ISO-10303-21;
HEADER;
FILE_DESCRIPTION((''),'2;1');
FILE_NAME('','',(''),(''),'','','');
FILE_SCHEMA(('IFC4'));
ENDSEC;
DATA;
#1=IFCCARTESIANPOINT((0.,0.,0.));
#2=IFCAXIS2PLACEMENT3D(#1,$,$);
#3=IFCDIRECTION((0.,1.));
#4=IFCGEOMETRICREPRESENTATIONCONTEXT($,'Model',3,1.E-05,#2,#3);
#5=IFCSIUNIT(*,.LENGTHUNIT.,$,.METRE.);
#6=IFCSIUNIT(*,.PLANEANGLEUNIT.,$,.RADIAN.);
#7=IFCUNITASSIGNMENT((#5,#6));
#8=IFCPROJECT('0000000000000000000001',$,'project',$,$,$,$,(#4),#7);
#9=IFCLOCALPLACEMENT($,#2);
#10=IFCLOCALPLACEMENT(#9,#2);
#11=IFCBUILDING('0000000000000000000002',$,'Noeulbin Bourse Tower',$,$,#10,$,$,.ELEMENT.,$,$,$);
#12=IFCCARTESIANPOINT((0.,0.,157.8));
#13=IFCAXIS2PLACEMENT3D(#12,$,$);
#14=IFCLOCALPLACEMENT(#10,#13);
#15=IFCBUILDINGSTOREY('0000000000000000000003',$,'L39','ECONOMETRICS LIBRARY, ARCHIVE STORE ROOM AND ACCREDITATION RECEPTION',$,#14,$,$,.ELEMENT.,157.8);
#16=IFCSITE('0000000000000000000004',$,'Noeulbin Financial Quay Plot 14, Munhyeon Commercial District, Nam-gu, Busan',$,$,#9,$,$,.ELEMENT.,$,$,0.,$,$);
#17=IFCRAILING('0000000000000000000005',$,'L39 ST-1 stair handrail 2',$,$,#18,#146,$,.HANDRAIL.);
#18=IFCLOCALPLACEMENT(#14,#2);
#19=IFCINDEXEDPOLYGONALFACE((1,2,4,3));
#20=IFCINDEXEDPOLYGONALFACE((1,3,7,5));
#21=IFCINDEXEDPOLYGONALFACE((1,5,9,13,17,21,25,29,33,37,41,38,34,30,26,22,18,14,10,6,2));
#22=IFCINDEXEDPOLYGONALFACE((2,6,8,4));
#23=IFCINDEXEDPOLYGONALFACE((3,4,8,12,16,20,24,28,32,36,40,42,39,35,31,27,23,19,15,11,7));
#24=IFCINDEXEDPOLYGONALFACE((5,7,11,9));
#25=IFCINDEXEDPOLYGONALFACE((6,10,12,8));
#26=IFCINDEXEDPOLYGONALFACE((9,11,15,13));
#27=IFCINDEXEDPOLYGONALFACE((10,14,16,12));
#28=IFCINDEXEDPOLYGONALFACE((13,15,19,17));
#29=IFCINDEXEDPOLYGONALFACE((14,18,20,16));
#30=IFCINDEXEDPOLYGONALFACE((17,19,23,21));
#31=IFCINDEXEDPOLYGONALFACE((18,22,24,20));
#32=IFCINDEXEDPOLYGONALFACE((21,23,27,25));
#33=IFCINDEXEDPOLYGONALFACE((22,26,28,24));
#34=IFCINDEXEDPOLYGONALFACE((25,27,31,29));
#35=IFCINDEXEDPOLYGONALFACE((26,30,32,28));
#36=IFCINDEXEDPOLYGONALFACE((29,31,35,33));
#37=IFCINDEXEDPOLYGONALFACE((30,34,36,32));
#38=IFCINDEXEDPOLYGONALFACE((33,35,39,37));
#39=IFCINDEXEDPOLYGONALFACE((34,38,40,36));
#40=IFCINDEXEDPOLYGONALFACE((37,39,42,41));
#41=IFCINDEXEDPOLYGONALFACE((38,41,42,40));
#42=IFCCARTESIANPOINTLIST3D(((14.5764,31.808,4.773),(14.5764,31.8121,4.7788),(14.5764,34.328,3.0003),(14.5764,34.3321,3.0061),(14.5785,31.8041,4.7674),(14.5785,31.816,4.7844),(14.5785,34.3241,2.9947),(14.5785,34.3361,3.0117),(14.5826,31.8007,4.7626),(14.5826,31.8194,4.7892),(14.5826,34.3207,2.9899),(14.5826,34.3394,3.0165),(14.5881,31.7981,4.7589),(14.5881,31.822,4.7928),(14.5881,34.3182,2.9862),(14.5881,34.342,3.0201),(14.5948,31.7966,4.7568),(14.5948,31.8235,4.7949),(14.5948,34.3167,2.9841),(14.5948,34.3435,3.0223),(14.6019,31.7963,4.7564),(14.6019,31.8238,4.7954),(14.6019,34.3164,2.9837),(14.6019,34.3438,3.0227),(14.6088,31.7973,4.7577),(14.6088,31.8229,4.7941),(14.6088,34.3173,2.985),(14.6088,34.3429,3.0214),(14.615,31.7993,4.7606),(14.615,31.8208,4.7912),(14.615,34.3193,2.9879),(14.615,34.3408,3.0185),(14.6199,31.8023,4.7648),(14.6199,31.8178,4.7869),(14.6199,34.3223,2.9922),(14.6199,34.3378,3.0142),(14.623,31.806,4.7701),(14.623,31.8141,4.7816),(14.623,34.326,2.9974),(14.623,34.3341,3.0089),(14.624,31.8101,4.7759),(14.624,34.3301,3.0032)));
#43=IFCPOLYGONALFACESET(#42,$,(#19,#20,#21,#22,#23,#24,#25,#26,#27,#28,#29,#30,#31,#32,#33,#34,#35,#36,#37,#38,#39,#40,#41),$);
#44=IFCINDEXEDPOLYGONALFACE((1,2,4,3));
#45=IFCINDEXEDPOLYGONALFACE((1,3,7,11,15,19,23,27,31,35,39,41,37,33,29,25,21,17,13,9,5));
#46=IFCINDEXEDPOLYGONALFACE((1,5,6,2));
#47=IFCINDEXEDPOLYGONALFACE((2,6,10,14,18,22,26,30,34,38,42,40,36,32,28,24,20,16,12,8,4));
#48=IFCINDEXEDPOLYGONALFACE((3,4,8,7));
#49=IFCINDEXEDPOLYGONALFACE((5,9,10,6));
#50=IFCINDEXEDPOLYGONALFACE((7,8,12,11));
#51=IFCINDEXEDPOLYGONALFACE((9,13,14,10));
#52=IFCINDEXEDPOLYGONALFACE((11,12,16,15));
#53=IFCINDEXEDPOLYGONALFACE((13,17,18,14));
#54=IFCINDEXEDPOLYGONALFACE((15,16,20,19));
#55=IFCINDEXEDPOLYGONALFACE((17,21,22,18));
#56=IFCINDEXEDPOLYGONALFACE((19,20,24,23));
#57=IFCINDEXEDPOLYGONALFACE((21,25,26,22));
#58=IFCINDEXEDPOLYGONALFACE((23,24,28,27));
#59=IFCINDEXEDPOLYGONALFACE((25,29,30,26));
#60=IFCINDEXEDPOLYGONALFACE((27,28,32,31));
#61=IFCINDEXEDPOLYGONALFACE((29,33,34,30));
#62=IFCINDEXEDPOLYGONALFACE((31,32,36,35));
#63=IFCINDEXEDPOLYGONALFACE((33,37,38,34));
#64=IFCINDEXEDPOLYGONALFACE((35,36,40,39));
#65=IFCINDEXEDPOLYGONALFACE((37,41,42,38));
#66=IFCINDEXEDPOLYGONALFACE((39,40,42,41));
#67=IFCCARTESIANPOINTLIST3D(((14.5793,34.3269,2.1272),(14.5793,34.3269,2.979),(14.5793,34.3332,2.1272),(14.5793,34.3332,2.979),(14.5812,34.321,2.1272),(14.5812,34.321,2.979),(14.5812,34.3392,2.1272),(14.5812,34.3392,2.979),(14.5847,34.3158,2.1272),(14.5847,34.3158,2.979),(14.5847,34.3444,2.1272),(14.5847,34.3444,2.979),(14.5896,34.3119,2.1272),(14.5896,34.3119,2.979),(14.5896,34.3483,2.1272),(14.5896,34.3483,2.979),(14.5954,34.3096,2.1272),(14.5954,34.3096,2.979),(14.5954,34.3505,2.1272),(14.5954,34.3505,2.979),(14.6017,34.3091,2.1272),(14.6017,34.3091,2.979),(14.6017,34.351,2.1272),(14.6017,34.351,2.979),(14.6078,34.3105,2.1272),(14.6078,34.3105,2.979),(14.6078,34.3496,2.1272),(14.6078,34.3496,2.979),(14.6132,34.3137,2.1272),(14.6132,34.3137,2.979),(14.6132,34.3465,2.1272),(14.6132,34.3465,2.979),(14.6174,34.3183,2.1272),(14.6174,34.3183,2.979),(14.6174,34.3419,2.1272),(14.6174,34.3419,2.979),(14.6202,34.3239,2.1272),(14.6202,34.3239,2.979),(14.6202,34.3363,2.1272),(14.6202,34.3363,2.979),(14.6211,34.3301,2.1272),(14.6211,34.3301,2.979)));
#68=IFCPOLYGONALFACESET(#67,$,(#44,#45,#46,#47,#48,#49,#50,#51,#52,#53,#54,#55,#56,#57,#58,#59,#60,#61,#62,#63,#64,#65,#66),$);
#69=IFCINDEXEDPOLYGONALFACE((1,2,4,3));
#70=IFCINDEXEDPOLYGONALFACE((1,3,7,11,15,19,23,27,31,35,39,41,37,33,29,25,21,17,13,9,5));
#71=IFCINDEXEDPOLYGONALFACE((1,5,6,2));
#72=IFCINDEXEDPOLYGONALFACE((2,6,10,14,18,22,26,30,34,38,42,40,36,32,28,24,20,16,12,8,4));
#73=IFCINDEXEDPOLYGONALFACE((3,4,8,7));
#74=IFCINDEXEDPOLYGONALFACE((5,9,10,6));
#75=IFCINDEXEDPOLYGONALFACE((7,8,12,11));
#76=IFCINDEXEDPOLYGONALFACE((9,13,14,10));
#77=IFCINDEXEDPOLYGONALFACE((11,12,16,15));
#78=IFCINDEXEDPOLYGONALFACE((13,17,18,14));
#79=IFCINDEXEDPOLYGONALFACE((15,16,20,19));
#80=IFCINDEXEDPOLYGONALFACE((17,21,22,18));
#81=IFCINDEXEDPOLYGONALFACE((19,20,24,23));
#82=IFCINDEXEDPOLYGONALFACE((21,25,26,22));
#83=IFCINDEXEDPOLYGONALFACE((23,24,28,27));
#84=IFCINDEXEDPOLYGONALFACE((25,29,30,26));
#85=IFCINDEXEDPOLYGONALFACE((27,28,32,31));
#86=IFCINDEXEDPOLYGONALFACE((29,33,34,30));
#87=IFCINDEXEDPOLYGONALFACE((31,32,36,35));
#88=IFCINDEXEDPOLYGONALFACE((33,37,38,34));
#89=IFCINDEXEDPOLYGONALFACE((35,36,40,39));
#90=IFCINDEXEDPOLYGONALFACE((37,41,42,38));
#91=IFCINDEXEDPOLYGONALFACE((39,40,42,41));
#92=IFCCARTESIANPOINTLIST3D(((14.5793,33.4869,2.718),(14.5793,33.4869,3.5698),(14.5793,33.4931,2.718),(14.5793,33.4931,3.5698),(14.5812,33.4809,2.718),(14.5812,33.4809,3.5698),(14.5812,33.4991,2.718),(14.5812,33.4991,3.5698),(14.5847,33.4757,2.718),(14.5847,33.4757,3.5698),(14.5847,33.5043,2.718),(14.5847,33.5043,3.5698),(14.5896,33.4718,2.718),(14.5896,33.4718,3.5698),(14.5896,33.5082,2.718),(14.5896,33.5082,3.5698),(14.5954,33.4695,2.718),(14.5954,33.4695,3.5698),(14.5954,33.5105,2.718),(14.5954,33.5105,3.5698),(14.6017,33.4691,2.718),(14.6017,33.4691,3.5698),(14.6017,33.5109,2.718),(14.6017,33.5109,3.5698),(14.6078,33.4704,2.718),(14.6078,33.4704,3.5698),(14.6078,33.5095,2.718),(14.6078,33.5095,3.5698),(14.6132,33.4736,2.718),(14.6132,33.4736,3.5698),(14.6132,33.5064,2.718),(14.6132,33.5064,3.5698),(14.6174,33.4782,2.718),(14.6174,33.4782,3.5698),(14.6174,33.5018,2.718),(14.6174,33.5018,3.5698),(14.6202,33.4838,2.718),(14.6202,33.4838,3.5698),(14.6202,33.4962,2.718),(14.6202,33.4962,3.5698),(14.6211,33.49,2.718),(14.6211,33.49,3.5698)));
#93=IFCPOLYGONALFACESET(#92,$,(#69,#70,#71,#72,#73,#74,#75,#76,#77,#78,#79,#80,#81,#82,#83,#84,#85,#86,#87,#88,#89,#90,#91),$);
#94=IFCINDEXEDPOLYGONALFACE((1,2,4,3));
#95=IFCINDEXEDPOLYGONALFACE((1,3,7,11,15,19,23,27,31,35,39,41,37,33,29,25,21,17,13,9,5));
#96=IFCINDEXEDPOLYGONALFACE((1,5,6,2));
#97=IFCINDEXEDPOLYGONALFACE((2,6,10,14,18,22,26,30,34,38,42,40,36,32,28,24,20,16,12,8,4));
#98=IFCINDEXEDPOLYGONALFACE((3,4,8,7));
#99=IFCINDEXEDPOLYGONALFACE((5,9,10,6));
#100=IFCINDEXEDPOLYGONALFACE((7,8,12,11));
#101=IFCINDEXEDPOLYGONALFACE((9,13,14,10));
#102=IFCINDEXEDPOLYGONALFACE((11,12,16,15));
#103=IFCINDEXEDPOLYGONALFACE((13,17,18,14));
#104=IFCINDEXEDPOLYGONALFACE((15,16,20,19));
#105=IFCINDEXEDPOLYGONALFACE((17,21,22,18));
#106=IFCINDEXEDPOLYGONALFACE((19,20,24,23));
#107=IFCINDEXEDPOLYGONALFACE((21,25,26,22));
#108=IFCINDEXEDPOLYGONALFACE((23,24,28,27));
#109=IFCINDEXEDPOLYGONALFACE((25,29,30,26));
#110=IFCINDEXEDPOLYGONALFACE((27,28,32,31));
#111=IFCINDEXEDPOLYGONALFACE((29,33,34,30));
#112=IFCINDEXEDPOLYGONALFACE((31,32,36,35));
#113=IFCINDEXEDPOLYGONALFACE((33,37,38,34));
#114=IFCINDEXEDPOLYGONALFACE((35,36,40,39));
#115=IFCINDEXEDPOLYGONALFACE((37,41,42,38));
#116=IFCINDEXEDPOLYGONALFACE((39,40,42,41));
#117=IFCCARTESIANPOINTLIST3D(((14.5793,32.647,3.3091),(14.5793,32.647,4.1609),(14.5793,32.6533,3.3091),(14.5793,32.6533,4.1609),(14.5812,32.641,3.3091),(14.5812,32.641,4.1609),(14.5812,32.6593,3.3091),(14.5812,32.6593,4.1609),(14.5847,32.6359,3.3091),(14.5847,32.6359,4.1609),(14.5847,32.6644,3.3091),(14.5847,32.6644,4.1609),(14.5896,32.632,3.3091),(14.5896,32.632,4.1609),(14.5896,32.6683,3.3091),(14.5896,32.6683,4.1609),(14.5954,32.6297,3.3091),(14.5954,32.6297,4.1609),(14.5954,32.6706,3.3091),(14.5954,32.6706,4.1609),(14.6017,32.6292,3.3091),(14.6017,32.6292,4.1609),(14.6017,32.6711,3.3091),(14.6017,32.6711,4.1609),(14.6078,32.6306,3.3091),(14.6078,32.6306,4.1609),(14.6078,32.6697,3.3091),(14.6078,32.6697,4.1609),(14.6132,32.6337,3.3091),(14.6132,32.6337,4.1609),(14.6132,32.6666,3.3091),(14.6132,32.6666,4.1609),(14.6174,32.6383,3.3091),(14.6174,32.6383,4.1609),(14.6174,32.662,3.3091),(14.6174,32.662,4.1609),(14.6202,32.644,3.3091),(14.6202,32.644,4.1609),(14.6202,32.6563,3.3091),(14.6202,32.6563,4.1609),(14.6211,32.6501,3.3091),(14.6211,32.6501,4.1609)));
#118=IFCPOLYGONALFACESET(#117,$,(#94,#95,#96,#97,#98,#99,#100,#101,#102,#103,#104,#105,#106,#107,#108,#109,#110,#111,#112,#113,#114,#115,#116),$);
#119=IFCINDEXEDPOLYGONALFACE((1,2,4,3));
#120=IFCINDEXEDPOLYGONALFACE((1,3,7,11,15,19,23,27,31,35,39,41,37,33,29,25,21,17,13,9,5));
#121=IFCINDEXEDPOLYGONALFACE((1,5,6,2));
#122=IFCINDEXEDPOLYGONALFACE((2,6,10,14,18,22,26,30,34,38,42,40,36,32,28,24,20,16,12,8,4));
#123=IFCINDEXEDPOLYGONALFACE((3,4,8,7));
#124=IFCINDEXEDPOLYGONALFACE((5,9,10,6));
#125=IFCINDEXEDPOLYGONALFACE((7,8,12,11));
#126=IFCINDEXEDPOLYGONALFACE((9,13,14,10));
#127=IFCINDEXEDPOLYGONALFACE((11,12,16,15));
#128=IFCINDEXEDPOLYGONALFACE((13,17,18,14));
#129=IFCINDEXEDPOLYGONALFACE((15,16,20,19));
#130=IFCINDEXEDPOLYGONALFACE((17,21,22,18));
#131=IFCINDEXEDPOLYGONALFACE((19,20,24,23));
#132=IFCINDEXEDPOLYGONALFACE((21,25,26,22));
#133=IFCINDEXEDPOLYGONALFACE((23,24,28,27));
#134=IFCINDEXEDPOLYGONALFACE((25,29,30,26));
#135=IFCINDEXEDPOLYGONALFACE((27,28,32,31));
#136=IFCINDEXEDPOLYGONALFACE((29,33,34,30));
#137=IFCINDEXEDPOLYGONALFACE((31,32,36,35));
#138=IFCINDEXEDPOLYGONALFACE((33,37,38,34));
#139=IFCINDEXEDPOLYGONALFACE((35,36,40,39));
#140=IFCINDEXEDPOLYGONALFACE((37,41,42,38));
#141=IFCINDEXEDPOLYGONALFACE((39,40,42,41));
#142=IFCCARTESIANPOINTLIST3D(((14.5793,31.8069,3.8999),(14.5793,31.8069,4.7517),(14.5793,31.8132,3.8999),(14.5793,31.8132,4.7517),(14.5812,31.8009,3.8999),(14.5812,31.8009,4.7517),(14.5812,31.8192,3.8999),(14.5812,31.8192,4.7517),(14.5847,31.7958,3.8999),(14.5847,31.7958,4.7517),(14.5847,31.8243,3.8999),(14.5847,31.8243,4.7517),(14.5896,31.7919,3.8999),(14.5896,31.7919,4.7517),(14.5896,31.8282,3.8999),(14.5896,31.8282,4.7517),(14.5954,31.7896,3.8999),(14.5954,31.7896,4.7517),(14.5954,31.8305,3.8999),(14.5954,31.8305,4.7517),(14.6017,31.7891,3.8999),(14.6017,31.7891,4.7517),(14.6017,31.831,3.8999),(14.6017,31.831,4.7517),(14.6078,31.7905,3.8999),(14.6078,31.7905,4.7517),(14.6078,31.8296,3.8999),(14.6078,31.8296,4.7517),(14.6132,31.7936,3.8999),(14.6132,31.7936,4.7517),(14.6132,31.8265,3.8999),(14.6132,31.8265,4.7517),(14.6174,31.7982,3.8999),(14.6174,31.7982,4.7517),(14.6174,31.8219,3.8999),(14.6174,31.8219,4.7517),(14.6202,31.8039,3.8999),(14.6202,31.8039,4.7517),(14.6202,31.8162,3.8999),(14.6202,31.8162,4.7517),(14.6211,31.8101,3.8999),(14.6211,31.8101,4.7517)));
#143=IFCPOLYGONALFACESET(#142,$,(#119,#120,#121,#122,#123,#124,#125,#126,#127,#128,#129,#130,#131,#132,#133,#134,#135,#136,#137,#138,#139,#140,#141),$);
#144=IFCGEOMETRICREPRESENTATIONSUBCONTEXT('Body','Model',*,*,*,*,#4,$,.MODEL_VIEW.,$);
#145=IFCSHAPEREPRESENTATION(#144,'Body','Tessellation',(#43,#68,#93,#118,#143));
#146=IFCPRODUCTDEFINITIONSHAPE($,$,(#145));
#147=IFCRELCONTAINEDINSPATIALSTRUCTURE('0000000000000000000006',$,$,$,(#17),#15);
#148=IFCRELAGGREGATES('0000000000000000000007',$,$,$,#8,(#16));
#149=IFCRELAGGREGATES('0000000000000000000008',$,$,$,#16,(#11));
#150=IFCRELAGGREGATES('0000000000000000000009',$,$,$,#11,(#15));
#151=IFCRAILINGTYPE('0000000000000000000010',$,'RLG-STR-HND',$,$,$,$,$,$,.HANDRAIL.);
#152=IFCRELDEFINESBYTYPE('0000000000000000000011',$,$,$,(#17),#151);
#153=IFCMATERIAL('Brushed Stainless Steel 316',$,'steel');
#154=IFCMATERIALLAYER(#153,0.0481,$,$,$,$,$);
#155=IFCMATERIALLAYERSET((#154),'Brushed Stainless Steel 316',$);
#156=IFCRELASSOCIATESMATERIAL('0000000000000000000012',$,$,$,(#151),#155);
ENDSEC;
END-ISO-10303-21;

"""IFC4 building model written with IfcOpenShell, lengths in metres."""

from ifc_helpers import new_model, si_unit, direction, frame, origin, origin_2d, place, context, subcontext, project, spatial, circle, extrude, material, layer, layer_set, type_object, element, save


model = new_model("IFC4")

# Units and contexts
model_context = context("Model", 3, precision=1e-05, world=origin(), true_north=direction((0.0, 1.0)))
body_context = subcontext(model_context, "Body", "Model", "MODEL_VIEW")
ifc_project = project(units=[si_unit("LENGTHUNIT", "METRE"), si_unit("PLANEANGLEUNIT", "RADIAN")], contexts=[model_context])

# Site, building, storey
site_placement = place(None, origin())
site = spatial("IfcSite", under=ifc_project, at=site_placement, Name="Noeulbin Financial Quay Plot 14, Munhyeon Commercial District, Nam-gu, Busan", CompositionType="ELEMENT", RefElevation=0.0)
building_placement = place(site_placement, origin())
building = spatial("IfcBuilding", under=site, at=building_placement, Name="Noeulbin Bourse Tower", CompositionType="ELEMENT")
storey_placement = place(building_placement, frame((0.0, 0.0, 157.8)))
storey = spatial("IfcBuildingStorey", under=building, at=storey_placement, Name="L39", Description="ECONOMETRICS LIBRARY, ARCHIVE STORE ROOM AND ACCREDITATION RECEPTION", CompositionType="ELEMENT", Elevation=157.8)

# Railing
ifc_material_1 = material(Name="Brushed Stainless Steel 316", Category="steel")
ifc_layer_1 = layer(ifc_material_1, 0.0481)
ifc_layer_set_1 = layer_set([ifc_layer_1], Name="Brushed Stainless Steel 316")
railing_type = type_object("IfcRailingType", Name="RLG-STR-HND", PredefinedType="HANDRAIL", material=ifc_layer_set_1)
railing_placement = place(storey_placement, frame((14.6001, 34.3301, 2.1272)))
element("IfcRailing", 1, at=railing_placement, inside=storey, type_object=railing_type, Name="L39 ST-1 stair handrail 2", PredefinedType="HANDRAIL", context=body_context, shape_type="SweptSolid", body=[
    extrude(circle(Radius=0.0239, at=origin_2d()), frame((0.0, 0.0, 0.876), z_axis=(0.0, -0.817904, 0.575354), x_axis=(1.0, 0.0, 0.0)), (0.0, 0.0, 1.0), 3.0811),
    extrude(circle(Radius=0.021, at=origin_2d()), origin(), (0.0, 0.0, 1.0), 0.8518),
    extrude(circle(Radius=0.021, at=origin_2d()), frame((0.0, -0.8401, 0.5908)), (0.0, 0.0, 1.0), 0.8518),
    extrude(circle(Radius=0.021, at=origin_2d()), frame((0.0, -1.6799, 1.1819)), (0.0, 0.0, 1.0), 0.8518),
    extrude(circle(Radius=0.021, at=origin_2d()), frame((0.0, -2.52, 1.7727)), (0.0, 0.0, 1.0), 0.8518),
])

save(model, "model.ifc")
